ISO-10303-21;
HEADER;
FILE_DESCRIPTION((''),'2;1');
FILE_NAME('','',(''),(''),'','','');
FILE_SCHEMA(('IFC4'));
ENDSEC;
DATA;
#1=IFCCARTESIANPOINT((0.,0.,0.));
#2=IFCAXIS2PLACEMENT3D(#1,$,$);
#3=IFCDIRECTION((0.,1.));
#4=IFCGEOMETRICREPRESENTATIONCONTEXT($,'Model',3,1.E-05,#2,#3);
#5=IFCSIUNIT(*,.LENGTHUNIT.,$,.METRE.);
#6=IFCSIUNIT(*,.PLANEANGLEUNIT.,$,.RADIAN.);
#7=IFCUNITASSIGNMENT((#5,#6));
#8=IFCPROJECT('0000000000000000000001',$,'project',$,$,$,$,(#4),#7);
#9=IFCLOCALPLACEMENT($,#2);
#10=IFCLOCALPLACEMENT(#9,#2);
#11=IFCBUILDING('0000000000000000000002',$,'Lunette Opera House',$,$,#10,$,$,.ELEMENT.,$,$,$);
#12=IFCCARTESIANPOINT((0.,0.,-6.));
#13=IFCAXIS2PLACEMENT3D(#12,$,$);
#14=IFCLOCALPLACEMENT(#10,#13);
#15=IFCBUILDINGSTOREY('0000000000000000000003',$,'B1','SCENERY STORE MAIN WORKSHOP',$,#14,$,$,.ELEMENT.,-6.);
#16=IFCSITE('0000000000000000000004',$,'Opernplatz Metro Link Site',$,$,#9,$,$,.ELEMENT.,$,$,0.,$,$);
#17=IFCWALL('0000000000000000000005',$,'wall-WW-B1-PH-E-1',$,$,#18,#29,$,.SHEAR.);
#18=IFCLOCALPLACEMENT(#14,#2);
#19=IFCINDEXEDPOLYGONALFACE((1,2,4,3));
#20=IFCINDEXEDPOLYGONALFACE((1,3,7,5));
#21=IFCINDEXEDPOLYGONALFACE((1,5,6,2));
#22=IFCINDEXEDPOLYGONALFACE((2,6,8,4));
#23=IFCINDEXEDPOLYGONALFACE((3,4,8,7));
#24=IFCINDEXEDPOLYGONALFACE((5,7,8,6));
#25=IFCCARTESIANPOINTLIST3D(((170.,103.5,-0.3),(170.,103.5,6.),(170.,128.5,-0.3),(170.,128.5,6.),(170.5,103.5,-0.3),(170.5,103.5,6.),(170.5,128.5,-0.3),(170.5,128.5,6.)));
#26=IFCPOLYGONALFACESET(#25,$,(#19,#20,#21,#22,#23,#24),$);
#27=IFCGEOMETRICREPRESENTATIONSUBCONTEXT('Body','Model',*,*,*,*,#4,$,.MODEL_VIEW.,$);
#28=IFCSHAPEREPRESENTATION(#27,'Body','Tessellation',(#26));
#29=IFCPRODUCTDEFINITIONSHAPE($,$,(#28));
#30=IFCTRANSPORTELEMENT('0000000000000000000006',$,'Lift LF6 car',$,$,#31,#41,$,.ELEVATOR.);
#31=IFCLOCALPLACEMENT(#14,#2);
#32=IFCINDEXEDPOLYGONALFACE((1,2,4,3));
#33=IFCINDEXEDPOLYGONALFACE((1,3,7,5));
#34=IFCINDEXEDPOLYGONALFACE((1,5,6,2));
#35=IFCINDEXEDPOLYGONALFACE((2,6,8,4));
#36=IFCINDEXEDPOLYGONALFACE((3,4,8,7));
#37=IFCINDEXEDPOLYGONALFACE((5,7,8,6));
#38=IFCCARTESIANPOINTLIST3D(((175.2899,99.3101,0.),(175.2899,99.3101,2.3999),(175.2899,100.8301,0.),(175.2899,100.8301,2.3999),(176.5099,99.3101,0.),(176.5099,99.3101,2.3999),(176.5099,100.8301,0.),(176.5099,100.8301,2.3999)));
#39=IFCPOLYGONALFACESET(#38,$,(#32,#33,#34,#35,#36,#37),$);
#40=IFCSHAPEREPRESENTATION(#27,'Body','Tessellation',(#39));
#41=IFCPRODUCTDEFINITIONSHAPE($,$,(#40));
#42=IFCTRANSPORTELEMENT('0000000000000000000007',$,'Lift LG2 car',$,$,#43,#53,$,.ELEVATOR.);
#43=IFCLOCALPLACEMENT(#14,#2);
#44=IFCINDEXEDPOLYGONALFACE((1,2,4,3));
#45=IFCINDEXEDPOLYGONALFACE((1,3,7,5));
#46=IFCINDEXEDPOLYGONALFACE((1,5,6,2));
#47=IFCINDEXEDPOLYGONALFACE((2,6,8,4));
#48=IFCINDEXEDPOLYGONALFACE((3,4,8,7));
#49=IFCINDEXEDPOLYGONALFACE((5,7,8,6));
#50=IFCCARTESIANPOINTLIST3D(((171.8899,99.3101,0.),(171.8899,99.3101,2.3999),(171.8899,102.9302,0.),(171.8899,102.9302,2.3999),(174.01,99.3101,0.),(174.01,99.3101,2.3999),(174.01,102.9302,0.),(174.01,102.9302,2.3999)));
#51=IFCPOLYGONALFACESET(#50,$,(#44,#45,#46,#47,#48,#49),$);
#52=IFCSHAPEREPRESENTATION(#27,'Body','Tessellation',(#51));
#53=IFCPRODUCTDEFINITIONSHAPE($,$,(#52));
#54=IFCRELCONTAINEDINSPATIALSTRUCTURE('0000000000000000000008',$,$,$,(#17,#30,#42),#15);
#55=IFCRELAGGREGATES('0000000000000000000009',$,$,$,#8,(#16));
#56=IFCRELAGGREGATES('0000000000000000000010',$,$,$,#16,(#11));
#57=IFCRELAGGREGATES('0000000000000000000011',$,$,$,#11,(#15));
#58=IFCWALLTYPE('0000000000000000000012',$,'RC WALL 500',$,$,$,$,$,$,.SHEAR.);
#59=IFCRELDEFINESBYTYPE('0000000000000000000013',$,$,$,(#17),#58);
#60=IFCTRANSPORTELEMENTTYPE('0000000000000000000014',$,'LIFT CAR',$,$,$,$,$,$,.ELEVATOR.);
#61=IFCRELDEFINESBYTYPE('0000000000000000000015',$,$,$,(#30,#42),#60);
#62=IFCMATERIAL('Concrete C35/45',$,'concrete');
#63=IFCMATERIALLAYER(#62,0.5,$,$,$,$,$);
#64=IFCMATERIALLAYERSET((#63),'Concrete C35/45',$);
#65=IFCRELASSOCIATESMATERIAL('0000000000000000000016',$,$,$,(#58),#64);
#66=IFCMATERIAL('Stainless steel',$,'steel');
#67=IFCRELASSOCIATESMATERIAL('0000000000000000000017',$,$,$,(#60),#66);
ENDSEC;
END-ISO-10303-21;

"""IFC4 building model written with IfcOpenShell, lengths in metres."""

from ifc_helpers import new_model, si_unit, direction, frame, frame_2d, origin, origin_2d, place, context, subcontext, project, spatial, rectangle, extrude, material, layer, layer_set, type_object, element, save


model = new_model("IFC4")

# Units and contexts
model_context = context("Model", 3, precision=1e-05, world=origin(), true_north=direction((0.0, 1.0)))
body_context = subcontext(model_context, "Body", "Model", "MODEL_VIEW")
ifc_project = project(units=[si_unit("LENGTHUNIT", "METRE"), si_unit("PLANEANGLEUNIT", "RADIAN")], contexts=[model_context])

# Site, building, storey
site_placement = place(None, origin())
site = spatial("IfcSite", under=ifc_project, at=site_placement, Name="Opernplatz Metro Link Site", CompositionType="ELEMENT", RefElevation=0.0)
building_placement = place(site_placement, origin())
building = spatial("IfcBuilding", under=site, at=building_placement, Name="Lunette Opera House", CompositionType="ELEMENT")
storey_placement = place(building_placement, frame((0.0, 0.0, -6.0)))
storey = spatial("IfcBuildingStorey", under=building, at=storey_placement, Name="B1", Description="SCENERY STORE MAIN WORKSHOP", CompositionType="ELEMENT", Elevation=-6.0)

# Wall
ifc_material_1 = material(Name="Concrete C35/45", Category="concrete")
ifc_layer_1 = layer(ifc_material_1, 0.5)
ifc_layer_set_1 = layer_set([ifc_layer_1], Name="Concrete C35/45")
wall_type_1 = type_object("IfcWallType", Name="RC WALL 500", PredefinedType="SHEAR", material=ifc_layer_set_1)
wall_1_placement = place(storey_placement, frame((170.25, 103.5, -0.3), z_axis=(0.0, 0.0, 1.0), x_axis=(0.0, 1.0, 0.0)))
element("IfcWall", 1, at=wall_1_placement, inside=storey, type_object=wall_type_1, Name="wall-WW-B1-PH-E-1", PredefinedType="SHEAR", context=body_context, shape_type="SweptSolid", body=[
    extrude(rectangle(XDim=25.0, YDim=0.5, at=frame_2d((12.5, 0.0))), origin(), (0.0, 0.0, 1.0), 6.3),
])

# Transport elements
ifc_material_2 = material(Name="Stainless steel", Category="steel")
transport_element_type = type_object("IfcTransportElementType", Name="LIFT CAR", PredefinedType="ELEVATOR", material=ifc_material_2)
transport_element_1_placement = place(storey_placement, frame((175.8999, 100.0701, 0.0), z_axis=(0.0, 0.0, 1.0), x_axis=(1.0, 0.0, 0.0)))
element("IfcTransportElement", 2, at=transport_element_1_placement, inside=storey, type_object=transport_element_type, Name="Lift LF6 car", PredefinedType="ELEVATOR", context=body_context, shape_type="SweptSolid", body=[
    extrude(rectangle(XDim=1.22, YDim=1.52, at=origin_2d()), origin(), (0.0, 0.0, 1.0), 2.3999),
])
transport_element_2_placement = place(storey_placement, frame((172.95, 101.1201, 0.0), z_axis=(0.0, 0.0, 1.0), x_axis=(1.0, 0.0, 0.0)))
element("IfcTransportElement", 3, at=transport_element_2_placement, inside=storey, type_object=transport_element_type, Name="Lift LG2 car", PredefinedType="ELEVATOR", context=body_context, shape_type="SweptSolid", body=[
    extrude(rectangle(XDim=2.1201, YDim=3.6201, at=origin_2d()), origin(), (0.0, 0.0, 1.0), 2.3999),
])

save(model, "model.ifc")
